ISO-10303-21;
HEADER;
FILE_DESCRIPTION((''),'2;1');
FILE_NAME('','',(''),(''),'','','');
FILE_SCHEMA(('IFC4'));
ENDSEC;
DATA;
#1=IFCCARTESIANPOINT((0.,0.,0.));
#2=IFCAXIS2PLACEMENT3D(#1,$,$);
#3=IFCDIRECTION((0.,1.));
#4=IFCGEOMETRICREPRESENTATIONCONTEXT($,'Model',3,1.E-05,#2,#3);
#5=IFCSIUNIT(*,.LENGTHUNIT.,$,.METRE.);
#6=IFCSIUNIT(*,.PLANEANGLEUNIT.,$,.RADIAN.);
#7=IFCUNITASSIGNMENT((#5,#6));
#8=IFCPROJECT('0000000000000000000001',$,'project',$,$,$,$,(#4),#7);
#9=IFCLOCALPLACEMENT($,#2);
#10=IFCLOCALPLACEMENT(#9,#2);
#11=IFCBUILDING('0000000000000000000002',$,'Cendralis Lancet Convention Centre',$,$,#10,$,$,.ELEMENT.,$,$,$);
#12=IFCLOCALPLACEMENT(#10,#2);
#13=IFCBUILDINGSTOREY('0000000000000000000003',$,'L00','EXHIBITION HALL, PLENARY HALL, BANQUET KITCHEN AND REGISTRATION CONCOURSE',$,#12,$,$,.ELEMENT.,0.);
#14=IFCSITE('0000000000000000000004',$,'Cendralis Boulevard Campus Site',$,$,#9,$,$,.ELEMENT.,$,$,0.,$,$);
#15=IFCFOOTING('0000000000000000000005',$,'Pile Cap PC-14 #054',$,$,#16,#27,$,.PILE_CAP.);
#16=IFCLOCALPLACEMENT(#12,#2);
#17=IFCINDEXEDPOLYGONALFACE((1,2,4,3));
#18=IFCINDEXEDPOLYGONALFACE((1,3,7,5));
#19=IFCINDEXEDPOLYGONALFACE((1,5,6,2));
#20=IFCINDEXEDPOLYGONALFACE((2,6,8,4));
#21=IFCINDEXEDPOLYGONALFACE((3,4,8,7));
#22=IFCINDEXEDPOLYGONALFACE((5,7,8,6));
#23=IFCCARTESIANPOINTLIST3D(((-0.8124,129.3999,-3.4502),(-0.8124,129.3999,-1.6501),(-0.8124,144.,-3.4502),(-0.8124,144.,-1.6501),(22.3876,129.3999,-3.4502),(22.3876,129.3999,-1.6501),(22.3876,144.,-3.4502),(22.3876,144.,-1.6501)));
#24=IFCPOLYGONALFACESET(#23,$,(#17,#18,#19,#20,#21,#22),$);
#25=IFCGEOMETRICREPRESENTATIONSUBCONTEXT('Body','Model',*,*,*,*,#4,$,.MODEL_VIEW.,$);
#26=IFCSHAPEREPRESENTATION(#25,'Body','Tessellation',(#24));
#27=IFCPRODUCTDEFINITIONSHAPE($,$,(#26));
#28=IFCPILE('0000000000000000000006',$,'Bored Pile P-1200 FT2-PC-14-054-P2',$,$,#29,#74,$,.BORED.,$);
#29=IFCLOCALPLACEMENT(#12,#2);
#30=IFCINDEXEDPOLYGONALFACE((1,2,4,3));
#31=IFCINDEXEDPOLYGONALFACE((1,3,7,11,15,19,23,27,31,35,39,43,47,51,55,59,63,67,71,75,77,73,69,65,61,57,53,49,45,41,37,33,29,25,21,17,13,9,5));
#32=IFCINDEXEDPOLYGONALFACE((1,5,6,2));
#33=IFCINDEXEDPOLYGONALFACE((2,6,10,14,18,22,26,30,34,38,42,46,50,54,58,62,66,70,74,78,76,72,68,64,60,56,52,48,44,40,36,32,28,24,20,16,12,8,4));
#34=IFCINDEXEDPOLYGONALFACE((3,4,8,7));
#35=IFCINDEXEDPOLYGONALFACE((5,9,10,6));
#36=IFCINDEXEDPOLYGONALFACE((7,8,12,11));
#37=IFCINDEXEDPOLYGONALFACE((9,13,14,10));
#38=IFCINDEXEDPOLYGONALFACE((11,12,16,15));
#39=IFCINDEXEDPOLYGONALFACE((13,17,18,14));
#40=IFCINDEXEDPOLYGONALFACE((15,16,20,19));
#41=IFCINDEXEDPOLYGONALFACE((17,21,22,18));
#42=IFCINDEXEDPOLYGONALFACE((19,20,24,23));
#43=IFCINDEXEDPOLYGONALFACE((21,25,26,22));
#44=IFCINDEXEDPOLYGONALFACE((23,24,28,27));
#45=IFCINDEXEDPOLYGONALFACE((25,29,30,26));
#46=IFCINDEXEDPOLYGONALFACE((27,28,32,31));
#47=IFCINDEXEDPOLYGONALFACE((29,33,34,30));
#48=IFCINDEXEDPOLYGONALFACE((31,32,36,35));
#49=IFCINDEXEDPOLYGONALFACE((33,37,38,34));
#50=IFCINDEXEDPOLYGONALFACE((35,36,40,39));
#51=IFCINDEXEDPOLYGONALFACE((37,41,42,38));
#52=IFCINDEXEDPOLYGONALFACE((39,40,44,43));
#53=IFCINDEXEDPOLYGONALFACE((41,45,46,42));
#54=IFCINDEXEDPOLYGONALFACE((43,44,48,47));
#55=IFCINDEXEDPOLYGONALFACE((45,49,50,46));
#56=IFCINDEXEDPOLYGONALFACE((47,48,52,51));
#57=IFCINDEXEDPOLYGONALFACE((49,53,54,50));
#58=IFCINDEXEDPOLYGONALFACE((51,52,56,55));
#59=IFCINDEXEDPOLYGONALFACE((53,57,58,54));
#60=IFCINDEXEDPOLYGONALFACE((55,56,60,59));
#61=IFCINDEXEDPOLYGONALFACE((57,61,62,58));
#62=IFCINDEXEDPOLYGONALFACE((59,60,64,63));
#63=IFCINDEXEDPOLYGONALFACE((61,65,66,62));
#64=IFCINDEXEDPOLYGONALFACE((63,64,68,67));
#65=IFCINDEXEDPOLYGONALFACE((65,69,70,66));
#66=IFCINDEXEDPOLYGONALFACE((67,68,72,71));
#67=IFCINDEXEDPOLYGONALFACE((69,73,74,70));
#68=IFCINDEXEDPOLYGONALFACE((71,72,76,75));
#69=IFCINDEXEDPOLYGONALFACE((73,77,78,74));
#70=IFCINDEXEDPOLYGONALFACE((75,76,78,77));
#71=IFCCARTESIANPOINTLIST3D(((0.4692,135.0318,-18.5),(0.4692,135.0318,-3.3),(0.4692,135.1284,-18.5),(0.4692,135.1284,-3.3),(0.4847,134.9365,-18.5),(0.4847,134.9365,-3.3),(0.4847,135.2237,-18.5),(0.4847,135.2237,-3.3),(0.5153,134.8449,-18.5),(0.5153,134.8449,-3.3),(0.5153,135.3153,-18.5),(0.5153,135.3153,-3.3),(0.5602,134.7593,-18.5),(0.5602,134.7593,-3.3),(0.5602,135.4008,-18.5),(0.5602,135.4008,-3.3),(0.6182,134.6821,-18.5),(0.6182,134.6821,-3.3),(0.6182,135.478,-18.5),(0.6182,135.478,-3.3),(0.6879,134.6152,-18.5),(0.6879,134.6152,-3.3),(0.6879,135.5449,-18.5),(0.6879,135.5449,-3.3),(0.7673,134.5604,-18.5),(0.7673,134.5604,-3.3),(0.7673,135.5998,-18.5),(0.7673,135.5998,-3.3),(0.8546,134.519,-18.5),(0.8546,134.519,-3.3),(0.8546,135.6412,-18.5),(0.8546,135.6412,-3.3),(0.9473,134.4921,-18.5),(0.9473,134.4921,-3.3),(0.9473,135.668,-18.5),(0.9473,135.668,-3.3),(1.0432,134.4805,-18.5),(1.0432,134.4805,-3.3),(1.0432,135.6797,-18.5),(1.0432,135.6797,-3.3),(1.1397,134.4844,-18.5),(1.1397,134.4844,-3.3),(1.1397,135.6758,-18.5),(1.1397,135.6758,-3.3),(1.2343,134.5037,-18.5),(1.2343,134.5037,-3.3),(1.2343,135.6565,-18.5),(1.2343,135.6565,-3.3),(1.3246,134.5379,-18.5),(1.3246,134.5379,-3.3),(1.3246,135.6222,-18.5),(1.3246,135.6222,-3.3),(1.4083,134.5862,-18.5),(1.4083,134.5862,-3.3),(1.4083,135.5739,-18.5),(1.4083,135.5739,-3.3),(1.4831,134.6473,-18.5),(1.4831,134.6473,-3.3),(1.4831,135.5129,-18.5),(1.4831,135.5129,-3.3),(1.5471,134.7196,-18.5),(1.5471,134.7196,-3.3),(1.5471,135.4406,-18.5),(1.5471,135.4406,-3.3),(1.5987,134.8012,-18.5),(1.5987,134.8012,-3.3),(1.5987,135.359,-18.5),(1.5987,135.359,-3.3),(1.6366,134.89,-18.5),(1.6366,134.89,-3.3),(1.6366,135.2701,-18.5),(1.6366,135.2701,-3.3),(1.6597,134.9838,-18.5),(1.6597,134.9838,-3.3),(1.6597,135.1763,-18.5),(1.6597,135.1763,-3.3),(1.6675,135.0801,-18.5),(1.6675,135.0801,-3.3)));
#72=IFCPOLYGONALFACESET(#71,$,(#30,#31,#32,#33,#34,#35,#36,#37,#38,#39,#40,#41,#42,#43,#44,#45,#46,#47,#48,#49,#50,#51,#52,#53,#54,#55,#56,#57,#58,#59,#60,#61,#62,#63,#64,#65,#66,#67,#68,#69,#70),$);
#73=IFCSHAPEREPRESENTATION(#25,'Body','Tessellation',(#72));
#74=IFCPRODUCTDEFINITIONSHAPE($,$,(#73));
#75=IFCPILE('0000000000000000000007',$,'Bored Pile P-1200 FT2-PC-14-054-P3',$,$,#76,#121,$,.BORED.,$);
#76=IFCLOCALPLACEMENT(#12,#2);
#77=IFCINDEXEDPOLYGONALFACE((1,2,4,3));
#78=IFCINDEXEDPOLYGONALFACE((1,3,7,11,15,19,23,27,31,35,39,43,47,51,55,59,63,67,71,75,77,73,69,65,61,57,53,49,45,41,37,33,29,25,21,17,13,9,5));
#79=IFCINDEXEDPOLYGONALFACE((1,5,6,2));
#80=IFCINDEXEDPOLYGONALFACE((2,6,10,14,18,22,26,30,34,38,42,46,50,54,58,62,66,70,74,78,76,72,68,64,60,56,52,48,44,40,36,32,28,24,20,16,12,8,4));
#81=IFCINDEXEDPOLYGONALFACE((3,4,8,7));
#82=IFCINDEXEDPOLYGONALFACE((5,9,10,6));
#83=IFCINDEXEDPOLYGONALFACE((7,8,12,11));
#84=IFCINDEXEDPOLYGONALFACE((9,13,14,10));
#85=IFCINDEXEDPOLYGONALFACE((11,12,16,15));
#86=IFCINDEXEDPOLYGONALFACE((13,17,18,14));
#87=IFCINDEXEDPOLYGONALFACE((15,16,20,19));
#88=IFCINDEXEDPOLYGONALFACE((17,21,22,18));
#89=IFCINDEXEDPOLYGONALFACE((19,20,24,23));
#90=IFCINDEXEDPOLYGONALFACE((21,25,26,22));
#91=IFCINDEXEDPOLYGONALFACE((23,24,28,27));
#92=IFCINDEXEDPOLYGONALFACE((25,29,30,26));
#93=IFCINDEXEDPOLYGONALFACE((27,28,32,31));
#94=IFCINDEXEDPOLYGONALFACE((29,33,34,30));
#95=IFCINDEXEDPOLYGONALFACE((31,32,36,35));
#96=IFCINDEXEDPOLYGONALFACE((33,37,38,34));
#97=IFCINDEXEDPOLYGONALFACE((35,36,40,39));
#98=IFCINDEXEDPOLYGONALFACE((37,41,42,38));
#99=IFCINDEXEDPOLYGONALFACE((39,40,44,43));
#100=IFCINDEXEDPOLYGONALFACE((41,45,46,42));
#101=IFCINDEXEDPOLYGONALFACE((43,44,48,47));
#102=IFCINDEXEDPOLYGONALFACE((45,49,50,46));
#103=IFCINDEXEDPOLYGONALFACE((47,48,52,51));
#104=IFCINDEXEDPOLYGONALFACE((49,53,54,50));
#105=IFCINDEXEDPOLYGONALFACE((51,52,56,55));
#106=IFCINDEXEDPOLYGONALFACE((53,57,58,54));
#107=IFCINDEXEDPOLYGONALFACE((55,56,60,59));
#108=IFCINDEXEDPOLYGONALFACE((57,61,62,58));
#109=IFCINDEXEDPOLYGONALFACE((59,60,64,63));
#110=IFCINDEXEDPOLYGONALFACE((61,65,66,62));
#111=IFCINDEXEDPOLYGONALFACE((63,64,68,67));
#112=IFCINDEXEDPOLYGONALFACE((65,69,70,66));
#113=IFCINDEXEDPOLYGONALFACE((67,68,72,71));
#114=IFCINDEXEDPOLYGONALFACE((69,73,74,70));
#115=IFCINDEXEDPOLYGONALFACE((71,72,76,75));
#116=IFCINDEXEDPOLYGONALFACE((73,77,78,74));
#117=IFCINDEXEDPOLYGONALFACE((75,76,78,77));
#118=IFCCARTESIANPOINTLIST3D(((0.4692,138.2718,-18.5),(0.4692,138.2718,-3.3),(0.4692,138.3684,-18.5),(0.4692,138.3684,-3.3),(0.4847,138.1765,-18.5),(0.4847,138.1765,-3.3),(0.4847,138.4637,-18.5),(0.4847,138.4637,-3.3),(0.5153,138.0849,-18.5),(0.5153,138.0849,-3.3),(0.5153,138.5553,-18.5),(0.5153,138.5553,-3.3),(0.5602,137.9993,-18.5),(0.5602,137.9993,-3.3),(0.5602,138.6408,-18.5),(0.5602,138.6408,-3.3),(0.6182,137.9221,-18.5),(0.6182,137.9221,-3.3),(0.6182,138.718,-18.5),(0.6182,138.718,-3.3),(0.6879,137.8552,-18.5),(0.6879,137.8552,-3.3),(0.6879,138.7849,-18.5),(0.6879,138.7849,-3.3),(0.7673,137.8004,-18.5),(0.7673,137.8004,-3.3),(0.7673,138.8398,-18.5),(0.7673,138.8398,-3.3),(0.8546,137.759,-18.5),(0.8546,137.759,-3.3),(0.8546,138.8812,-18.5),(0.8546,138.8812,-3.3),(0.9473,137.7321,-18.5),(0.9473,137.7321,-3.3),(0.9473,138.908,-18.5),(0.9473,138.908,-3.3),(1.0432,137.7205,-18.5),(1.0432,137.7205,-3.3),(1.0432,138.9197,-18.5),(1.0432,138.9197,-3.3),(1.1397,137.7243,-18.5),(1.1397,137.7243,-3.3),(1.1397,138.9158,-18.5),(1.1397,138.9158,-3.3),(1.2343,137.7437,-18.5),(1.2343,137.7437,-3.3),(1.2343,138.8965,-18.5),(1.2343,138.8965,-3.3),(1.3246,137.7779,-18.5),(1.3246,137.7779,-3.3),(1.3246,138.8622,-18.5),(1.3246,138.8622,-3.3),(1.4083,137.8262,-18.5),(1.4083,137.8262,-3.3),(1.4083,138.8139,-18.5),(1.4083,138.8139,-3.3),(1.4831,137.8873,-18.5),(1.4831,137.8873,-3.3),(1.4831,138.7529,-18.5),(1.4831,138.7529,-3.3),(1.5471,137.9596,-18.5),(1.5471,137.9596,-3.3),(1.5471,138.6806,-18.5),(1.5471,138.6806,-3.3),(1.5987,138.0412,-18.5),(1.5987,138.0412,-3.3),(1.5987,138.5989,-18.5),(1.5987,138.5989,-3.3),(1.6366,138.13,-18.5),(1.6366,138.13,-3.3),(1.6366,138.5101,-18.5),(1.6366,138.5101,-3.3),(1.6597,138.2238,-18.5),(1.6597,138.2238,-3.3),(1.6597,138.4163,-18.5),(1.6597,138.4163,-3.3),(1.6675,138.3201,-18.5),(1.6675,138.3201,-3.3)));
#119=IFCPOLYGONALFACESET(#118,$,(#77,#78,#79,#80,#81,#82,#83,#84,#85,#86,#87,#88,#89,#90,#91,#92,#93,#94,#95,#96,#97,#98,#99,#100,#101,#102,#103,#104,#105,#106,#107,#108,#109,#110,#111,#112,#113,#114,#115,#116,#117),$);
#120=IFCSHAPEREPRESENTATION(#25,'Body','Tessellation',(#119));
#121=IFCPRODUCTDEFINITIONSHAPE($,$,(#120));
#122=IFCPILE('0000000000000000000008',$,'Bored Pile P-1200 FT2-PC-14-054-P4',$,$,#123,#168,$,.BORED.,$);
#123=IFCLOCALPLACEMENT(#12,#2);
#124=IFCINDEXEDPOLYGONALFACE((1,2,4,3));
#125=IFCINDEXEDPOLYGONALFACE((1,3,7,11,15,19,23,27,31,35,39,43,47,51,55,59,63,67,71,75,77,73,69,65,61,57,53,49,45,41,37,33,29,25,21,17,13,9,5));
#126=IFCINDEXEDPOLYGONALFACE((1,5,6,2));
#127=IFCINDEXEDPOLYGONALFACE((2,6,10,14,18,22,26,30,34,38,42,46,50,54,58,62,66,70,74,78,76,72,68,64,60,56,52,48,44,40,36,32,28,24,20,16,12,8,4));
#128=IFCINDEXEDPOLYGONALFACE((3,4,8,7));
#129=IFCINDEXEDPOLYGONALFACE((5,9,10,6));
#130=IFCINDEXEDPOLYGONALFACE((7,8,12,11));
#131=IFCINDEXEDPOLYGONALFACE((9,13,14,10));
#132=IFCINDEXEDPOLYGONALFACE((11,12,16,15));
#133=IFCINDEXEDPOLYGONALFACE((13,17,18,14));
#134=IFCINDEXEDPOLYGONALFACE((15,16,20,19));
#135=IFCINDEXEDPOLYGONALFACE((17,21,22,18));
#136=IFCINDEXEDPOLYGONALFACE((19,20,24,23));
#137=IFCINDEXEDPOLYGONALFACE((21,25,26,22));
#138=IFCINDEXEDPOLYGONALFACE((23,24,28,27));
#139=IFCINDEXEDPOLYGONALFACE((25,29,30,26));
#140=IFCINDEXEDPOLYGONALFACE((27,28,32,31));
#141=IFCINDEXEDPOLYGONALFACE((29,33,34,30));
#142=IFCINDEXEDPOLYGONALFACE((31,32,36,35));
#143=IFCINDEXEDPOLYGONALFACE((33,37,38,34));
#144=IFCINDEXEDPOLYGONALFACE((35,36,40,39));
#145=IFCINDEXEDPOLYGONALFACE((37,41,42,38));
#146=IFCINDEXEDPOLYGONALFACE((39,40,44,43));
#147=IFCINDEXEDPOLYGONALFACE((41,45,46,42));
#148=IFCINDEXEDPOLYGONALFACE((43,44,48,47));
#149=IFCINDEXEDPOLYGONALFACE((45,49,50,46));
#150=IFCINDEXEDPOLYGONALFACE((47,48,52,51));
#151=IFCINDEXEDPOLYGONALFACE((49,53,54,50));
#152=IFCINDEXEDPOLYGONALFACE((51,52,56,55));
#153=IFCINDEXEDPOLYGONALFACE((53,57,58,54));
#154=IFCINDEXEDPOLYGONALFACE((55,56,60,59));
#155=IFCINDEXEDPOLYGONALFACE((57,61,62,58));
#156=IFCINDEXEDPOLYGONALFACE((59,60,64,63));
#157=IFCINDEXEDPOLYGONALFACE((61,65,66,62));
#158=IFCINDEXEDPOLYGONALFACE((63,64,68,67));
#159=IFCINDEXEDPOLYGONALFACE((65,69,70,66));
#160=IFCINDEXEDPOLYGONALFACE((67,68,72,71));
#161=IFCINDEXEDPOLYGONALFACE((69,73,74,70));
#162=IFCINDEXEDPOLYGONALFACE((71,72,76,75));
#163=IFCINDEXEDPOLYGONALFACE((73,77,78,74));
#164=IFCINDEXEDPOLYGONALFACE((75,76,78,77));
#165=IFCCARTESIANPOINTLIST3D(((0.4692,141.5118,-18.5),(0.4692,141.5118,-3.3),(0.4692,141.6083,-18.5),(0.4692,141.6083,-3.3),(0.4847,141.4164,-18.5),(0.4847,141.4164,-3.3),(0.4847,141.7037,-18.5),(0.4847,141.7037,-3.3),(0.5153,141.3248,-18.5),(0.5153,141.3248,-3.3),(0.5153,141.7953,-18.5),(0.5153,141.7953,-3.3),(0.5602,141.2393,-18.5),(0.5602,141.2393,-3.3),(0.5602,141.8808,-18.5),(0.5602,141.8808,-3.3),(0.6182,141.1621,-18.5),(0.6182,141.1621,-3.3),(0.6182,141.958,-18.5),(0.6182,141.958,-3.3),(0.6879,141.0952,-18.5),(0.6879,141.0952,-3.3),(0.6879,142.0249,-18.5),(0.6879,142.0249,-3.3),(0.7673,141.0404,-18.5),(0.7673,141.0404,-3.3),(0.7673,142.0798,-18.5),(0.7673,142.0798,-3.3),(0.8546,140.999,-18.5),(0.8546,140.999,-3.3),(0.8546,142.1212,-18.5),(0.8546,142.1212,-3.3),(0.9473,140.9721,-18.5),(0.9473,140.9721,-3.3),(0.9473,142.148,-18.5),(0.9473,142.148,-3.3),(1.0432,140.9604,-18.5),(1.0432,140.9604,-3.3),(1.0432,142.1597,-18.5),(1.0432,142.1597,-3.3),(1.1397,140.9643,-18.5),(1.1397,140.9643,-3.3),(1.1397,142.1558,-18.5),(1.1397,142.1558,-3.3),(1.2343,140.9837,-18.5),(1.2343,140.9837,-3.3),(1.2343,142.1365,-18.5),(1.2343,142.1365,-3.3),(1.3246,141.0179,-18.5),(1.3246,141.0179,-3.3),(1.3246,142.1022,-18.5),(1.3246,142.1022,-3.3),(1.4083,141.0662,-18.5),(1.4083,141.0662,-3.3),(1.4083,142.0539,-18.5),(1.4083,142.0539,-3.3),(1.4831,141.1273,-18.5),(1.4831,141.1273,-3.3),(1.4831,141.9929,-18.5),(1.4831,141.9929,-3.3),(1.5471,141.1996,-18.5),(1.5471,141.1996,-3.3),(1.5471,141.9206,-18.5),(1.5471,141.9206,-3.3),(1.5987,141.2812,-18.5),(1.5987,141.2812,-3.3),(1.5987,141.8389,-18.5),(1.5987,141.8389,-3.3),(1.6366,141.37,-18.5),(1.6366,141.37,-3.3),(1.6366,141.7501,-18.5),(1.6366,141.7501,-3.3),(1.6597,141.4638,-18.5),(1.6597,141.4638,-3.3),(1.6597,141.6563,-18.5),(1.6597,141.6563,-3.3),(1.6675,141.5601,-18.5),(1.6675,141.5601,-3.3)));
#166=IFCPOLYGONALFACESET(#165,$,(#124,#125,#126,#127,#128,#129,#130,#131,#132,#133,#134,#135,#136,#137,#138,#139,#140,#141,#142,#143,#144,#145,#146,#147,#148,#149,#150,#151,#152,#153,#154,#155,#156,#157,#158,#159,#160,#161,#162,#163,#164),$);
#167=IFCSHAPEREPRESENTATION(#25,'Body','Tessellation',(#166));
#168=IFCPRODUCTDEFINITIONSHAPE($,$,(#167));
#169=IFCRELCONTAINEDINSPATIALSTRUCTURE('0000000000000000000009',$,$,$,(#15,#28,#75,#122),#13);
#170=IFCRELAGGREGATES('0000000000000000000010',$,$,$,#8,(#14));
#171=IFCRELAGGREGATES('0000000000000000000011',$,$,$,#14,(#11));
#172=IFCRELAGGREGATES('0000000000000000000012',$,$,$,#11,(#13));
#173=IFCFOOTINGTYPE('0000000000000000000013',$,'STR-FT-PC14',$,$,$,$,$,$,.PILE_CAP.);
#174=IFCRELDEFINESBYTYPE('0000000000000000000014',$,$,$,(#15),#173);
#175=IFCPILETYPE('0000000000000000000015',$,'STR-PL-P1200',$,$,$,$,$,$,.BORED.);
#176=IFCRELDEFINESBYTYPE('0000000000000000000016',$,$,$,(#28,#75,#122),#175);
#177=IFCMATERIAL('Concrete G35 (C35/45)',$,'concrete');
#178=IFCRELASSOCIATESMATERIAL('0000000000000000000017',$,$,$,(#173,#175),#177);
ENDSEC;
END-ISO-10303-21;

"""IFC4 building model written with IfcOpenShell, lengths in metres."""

from ifc_helpers import new_model, si_unit, direction, frame, origin, origin_2d, place, context, subcontext, project, spatial, rectangle, circle, extrude, material, material_profile, profile_set, type_object, element, save


model = new_model("IFC4")

# Units and contexts
model_context = context("Model", 3, precision=1e-05, world=origin(), true_north=direction((0.0, 1.0)))
body_context = subcontext(model_context, "Body", "Model", "MODEL_VIEW")
ifc_project = project(units=[si_unit("LENGTHUNIT", "METRE"), si_unit("PLANEANGLEUNIT", "RADIAN")], contexts=[model_context])

# Site, building, storey
site_placement = place(None, origin())
site = spatial("IfcSite", under=ifc_project, at=site_placement, Name="Cendralis Boulevard Campus Site", CompositionType="ELEMENT", RefElevation=0.0)
building_placement = place(site_placement, origin())
building = spatial("IfcBuilding", under=site, at=building_placement, Name="Cendralis Lancet Convention Centre", CompositionType="ELEMENT")
storey_placement = place(building_placement, origin())
storey = spatial("IfcBuildingStorey", under=building, at=storey_placement, Name="L00", Description="EXHIBITION HALL, PLENARY HALL, BANQUET KITCHEN AND REGISTRATION CONCOURSE", CompositionType="ELEMENT", Elevation=0.0)

# Footing
ifc_material_1 = material(Name="Concrete G35 (C35/45)", Category="concrete")
footing_type = type_object("IfcFootingType", Name="STR-FT-PC14", PredefinedType="PILE_CAP", material=ifc_material_1)
footing_placement = place(storey_placement, frame((10.7876, 136.7, -3.4502), z_axis=(0.0, 0.0, 1.0), x_axis=(1.0, 0.0, 0.0)))
element("IfcFooting", 1, at=footing_placement, inside=storey, type_object=footing_type, Name="Pile Cap PC-14 #054", PredefinedType="PILE_CAP", context=body_context, shape_type="SweptSolid", body=[
    extrude(rectangle(XDim=23.2, YDim=14.6001, at=origin_2d()), origin(), (0.0, 0.0, 1.0), 1.8),
])

# Piles
ifc_material_profile_1 = material_profile(ifc_material_1, circle(Radius=0.6001, at=origin_2d()), Name="BORED PILE D1200")
ifc_profile_set_1 = profile_set([ifc_material_profile_1], Name="Concrete G35 (C35/45)")
pile_type = type_object("IfcPileType", Name="STR-PL-P1200", PredefinedType="BORED", material=ifc_profile_set_1)
for number, where, z_axis, x_axis, name in (
    (2, (1.0674, 135.0801, -3.3), (0.0, 0.0, -1.0), (1.0, 0.0, 0.0), "Bored Pile P-1200 FT2-PC-14-054-P2"),
    (3, (1.0674, 138.3201, -3.3), (0.0, 0.0, -1.0), (1.0, 0.0, 0.0), "Bored Pile P-1200 FT2-PC-14-054-P3"),
    (4, (1.0674, 141.5601, -3.3), (0.0, 0.0, -1.0), (1.0, 0.0, 0.0), "Bored Pile P-1200 FT2-PC-14-054-P4"),
):
    element("IfcPile", number, at=place(storey_placement, frame(where, z_axis=z_axis, x_axis=x_axis)), inside=storey, type_object=pile_type, Name=name, PredefinedType="BORED", context=body_context, shape_type="SweptSolid", body=[
        extrude(circle(Radius=0.6001, at=origin_2d()), origin(), (0.0, 0.0, 1.0), 15.2),
    ])

save(model, "model.ifc")
